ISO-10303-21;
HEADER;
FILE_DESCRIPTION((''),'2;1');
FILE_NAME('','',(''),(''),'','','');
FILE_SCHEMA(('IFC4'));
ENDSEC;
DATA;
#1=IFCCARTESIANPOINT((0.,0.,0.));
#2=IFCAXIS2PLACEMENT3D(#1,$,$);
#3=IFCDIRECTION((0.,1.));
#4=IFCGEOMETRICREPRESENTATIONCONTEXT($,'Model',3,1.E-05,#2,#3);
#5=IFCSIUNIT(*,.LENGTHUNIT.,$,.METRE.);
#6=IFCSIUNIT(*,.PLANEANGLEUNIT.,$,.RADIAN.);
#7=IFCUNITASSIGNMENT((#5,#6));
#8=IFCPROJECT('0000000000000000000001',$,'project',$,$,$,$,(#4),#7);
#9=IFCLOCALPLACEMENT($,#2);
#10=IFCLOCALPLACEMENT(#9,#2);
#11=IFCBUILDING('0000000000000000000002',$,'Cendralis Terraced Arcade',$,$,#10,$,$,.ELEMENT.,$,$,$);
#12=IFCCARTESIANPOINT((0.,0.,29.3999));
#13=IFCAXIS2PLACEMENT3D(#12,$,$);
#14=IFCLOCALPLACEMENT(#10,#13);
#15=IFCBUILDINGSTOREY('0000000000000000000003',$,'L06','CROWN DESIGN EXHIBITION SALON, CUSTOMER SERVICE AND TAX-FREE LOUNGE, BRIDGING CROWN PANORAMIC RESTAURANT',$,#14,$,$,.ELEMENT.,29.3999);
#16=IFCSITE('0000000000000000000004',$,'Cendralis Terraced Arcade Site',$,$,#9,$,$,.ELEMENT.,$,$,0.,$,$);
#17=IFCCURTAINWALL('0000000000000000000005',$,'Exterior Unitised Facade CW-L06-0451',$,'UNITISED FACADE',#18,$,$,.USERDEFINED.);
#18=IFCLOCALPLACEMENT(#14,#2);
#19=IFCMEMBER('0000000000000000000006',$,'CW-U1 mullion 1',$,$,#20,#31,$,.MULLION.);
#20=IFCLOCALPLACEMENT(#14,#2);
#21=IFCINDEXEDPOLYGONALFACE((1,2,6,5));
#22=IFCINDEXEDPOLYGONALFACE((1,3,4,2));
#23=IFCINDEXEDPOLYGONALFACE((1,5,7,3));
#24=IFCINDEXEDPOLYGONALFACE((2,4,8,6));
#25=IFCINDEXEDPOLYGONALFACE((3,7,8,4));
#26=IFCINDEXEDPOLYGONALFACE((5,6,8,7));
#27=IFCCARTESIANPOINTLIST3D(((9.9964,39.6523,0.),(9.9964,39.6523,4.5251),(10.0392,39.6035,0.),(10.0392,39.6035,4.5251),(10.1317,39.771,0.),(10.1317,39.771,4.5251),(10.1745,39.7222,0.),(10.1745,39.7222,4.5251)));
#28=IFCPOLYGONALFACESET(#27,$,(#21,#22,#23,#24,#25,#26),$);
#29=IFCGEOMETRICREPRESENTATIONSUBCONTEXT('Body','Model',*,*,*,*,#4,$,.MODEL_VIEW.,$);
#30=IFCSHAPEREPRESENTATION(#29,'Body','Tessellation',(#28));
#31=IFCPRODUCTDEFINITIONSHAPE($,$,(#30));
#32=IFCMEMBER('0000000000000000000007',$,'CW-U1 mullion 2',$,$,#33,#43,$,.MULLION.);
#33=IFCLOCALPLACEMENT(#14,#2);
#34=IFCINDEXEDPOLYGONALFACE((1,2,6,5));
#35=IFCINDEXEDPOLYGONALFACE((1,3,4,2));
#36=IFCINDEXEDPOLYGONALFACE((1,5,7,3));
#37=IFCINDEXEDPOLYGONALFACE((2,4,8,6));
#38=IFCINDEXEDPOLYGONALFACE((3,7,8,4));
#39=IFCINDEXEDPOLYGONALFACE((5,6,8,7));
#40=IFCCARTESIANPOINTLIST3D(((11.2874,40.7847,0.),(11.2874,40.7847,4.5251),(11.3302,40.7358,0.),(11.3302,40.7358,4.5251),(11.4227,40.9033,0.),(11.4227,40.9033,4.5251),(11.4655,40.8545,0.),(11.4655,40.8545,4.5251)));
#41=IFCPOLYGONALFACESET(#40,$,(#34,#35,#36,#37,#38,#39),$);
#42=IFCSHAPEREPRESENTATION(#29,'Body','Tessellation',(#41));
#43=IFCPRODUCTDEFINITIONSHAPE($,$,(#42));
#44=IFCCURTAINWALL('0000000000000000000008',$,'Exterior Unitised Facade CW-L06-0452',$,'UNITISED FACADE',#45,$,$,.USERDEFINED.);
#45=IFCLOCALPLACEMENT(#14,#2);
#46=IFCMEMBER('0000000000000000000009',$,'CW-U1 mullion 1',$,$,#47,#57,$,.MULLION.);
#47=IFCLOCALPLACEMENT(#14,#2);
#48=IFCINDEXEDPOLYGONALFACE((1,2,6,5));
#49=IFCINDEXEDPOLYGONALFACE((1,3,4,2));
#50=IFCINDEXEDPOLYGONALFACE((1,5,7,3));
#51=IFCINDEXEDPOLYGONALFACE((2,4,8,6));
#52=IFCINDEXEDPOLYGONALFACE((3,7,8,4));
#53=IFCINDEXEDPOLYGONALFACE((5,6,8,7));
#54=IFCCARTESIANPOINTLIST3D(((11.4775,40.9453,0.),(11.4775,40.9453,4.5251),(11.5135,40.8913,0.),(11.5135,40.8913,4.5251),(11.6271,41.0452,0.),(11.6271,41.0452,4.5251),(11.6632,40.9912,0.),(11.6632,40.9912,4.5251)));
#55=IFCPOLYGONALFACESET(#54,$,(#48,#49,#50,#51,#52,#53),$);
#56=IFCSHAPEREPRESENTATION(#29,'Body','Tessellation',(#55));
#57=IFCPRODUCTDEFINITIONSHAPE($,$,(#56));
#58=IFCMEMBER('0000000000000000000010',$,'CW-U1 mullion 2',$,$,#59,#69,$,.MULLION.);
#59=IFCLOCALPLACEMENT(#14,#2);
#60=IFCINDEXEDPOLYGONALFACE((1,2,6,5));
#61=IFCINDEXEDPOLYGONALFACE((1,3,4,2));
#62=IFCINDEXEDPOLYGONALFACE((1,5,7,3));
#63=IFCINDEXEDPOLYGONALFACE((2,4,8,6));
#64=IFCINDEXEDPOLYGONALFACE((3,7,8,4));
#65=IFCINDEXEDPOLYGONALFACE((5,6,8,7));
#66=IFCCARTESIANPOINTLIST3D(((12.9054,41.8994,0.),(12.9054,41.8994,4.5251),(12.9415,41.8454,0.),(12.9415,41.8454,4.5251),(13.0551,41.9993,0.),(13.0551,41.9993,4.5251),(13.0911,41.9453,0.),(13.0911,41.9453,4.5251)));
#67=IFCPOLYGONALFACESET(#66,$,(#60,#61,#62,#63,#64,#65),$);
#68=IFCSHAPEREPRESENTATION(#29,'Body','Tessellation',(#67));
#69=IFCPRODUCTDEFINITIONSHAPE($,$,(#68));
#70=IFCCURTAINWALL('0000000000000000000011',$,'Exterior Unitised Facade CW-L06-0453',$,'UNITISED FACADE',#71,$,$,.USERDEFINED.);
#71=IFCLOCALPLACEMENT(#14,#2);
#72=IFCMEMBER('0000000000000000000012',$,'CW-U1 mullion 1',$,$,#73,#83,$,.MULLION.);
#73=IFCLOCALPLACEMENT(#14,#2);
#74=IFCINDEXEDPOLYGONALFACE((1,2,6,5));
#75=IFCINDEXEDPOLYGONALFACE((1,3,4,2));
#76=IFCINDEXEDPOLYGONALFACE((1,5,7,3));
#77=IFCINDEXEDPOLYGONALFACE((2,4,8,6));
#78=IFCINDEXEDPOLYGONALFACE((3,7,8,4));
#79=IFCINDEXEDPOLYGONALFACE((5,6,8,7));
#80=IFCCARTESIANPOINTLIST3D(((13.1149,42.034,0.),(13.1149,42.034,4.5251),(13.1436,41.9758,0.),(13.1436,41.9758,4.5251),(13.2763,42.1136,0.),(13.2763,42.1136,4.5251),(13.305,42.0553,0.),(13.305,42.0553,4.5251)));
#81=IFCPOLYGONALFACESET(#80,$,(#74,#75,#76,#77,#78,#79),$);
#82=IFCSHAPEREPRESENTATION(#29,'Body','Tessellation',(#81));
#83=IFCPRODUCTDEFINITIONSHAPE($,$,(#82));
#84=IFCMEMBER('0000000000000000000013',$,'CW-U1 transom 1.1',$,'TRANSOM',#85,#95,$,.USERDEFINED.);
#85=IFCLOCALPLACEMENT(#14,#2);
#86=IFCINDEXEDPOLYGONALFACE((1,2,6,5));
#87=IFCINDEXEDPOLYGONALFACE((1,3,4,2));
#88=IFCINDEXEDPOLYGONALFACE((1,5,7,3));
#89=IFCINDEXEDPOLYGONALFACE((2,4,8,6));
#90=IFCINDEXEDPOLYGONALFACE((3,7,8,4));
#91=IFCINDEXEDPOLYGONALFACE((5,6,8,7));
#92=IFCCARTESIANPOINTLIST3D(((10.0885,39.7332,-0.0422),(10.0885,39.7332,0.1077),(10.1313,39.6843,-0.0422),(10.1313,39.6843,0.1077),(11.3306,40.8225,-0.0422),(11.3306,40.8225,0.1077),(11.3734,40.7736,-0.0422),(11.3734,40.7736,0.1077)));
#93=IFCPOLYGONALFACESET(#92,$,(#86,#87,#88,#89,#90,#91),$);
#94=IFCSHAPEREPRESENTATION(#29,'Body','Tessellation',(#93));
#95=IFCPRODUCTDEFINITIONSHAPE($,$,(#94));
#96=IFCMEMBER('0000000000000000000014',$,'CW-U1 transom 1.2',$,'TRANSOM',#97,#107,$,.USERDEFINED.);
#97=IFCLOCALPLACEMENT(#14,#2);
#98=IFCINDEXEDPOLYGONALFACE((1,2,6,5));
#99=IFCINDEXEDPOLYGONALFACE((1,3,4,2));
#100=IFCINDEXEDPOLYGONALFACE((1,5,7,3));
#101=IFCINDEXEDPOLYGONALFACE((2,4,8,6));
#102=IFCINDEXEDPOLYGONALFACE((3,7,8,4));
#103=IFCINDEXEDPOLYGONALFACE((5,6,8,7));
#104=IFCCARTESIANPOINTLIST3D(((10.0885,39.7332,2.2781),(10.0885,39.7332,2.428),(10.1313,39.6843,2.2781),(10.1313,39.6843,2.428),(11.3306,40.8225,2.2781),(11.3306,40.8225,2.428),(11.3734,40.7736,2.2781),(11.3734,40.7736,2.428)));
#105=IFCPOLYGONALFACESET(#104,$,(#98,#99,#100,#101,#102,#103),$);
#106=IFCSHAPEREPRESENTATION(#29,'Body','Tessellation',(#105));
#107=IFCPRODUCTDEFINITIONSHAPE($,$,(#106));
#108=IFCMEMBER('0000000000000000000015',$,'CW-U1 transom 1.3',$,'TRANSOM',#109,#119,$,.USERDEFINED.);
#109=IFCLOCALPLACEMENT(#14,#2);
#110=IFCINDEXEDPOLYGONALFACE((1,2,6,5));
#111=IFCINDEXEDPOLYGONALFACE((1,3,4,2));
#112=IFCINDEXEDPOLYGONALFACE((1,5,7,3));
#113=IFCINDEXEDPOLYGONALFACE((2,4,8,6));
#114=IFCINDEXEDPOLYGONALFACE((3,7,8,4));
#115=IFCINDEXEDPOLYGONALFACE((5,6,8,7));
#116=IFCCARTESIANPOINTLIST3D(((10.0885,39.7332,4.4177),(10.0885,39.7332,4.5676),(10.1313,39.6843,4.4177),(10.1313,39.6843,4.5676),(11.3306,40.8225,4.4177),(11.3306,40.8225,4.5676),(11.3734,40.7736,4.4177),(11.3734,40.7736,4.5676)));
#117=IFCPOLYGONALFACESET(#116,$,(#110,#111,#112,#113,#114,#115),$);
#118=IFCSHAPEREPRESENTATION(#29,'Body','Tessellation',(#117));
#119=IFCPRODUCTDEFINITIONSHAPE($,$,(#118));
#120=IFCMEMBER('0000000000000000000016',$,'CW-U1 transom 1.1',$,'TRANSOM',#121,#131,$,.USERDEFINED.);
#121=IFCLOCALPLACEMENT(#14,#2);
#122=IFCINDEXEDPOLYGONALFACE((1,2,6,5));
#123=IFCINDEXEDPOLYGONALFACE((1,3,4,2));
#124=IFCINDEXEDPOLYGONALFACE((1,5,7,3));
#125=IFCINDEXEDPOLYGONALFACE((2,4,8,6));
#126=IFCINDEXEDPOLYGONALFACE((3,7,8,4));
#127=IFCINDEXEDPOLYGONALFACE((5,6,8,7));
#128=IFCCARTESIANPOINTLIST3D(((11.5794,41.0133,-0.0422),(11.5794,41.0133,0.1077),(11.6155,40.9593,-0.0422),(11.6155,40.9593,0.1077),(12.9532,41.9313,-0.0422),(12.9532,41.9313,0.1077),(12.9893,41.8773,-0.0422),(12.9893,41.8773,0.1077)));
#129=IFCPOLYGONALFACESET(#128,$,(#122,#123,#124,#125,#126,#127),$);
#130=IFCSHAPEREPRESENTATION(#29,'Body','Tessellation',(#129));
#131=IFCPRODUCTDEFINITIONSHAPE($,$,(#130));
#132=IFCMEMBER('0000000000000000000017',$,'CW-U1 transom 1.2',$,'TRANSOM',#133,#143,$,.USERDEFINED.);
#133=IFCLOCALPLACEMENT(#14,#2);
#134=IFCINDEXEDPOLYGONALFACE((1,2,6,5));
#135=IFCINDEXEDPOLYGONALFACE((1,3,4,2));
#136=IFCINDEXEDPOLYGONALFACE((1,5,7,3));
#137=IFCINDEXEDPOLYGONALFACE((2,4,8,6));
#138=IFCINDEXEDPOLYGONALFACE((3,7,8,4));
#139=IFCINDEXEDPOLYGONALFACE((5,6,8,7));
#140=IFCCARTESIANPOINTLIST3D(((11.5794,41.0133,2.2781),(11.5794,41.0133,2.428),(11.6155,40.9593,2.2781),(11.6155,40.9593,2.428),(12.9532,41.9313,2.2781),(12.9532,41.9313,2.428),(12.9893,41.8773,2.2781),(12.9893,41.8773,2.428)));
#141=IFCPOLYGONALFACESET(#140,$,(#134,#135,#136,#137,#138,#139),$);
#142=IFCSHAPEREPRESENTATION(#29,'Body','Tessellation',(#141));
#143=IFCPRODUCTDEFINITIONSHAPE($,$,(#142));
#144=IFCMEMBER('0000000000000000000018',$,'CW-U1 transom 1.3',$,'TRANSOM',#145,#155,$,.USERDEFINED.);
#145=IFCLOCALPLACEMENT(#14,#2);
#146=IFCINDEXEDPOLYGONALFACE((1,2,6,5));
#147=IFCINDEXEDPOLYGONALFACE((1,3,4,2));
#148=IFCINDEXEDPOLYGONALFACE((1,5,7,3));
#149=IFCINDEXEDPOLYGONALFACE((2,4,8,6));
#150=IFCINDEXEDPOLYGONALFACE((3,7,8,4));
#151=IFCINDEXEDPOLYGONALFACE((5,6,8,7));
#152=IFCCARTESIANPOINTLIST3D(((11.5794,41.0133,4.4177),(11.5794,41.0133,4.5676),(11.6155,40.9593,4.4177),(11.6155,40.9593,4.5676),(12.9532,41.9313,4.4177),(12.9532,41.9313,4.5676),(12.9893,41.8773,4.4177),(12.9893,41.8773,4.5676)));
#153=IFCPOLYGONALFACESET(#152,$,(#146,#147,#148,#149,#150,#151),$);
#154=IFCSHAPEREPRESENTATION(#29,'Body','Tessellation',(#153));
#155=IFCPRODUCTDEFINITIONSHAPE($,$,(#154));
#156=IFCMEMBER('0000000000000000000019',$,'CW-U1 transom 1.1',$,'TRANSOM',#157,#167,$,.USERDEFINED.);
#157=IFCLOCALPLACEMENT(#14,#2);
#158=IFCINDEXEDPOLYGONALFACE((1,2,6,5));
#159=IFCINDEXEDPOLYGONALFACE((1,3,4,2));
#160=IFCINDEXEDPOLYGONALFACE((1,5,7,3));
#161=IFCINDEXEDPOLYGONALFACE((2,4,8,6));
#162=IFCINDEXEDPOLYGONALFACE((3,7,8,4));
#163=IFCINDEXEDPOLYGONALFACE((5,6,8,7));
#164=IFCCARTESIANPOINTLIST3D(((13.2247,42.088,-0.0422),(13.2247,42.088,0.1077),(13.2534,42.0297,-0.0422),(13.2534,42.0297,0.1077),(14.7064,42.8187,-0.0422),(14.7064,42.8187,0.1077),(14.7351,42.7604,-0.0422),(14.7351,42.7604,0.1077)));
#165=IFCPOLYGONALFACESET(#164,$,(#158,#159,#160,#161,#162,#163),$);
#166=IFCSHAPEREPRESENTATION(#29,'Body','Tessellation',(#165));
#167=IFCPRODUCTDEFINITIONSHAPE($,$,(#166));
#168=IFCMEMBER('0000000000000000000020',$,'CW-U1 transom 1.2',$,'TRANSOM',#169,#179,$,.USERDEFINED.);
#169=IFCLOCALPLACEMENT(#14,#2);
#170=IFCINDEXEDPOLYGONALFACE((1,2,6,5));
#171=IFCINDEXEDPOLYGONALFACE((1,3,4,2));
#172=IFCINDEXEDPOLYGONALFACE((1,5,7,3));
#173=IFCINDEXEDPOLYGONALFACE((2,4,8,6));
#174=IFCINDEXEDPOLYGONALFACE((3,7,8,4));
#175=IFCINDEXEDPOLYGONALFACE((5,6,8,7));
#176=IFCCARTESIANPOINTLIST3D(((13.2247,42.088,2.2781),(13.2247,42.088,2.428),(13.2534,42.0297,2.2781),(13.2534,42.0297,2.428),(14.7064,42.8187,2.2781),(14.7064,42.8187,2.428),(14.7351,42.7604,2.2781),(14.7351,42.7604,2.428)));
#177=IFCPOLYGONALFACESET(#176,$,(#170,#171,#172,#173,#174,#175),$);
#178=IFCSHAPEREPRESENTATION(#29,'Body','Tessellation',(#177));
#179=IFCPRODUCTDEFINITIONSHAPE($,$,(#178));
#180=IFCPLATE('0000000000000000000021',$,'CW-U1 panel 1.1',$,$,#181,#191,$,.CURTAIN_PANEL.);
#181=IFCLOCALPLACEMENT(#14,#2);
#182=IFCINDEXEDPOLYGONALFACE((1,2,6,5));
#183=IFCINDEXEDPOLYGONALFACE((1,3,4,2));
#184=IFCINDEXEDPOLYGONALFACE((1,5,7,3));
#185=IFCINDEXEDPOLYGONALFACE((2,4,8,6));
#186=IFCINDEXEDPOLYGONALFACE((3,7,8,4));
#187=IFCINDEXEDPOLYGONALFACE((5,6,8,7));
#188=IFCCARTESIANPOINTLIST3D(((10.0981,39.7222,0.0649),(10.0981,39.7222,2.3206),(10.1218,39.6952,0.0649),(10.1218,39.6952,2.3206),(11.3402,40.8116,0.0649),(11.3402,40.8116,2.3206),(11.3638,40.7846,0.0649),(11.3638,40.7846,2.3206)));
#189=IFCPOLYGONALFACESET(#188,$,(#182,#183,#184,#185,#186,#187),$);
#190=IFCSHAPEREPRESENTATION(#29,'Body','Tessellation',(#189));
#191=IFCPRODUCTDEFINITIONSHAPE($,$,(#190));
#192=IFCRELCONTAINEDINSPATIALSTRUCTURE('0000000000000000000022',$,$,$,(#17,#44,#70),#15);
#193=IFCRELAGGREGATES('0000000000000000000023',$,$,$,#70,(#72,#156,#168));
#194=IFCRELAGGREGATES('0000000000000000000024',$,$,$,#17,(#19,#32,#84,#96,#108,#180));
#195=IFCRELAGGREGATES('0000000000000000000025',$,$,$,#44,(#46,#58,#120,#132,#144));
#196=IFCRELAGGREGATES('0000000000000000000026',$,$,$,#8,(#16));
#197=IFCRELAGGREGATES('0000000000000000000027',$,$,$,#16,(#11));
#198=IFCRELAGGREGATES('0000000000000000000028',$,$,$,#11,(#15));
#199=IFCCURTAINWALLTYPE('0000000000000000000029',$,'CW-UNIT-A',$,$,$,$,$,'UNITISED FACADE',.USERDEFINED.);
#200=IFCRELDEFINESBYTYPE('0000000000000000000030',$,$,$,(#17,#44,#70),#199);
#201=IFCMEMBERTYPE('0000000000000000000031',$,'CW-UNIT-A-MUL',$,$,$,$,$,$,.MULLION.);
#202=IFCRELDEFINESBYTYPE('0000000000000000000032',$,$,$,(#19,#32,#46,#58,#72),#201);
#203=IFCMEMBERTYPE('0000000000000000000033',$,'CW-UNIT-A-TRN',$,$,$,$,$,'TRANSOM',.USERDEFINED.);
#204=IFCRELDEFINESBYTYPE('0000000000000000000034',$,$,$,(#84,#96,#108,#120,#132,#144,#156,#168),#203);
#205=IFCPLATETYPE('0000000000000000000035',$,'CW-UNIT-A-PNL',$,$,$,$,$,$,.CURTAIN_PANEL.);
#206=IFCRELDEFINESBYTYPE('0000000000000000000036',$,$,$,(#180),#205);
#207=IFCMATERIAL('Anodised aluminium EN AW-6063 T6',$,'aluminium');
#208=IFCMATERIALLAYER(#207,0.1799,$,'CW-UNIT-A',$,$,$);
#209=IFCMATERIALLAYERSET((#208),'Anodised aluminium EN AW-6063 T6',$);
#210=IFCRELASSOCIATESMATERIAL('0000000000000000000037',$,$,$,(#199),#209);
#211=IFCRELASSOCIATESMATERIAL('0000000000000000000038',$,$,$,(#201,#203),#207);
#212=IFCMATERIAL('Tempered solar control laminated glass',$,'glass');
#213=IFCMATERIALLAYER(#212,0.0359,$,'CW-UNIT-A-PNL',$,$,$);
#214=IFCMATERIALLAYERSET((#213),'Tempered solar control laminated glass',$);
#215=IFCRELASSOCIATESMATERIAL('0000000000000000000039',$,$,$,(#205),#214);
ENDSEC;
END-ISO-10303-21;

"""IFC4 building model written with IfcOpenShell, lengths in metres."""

from ifc_helpers import new_model, si_unit, direction, frame, origin, origin_2d, place, context, subcontext, project, spatial, rectangle, extrude, material, layer, layer_set, material_profile, profile_set, type_object, element, aggregate, save


model = new_model("IFC4")

# Units and contexts
model_context = context("Model", 3, precision=1e-05, world=origin(), true_north=direction((0.0, 1.0)))
body_context = subcontext(model_context, "Body", "Model", "MODEL_VIEW")
ifc_project = project(units=[si_unit("LENGTHUNIT", "METRE"), si_unit("PLANEANGLEUNIT", "RADIAN")], contexts=[model_context])

# Site, building, storey
site_placement = place(None, origin())
site = spatial("IfcSite", under=ifc_project, at=site_placement, Name="Cendralis Terraced Arcade Site", CompositionType="ELEMENT", RefElevation=0.0)
building_placement = place(site_placement, origin())
building = spatial("IfcBuilding", under=site, at=building_placement, Name="Cendralis Terraced Arcade", CompositionType="ELEMENT")
storey_placement = place(building_placement, frame((0.0, 0.0, 29.3999)))
storey = spatial("IfcBuildingStorey", under=building, at=storey_placement, Name="L06", Description="CROWN DESIGN EXHIBITION SALON, CUSTOMER SERVICE AND TAX-FREE LOUNGE, BRIDGING CROWN PANORAMIC RESTAURANT", CompositionType="ELEMENT", Elevation=29.3999)

# Curtain walls, members
ifc_material_1 = material(Name="Anodised aluminium EN AW-6063 T6", Category="aluminium")
ifc_layer_1 = layer(ifc_material_1, 0.1799, Name="CW-UNIT-A")
ifc_layer_set_1 = layer_set([ifc_layer_1], Name="Anodised aluminium EN AW-6063 T6")
curtain_wall_type = type_object("IfcCurtainWallType", Name="CW-UNIT-A", ElementType="UNITISED FACADE", PredefinedType="USERDEFINED", material=ifc_layer_set_1)
curtain_wall_1_placement = place(storey_placement, origin())
curtain_wall_1 = element("IfcCurtainWall", 1, at=curtain_wall_1_placement, inside=storey, type_object=curtain_wall_type, Name="Exterior Unitised Facade CW-L06-0451", ObjectType="UNITISED FACADE", PredefinedType="USERDEFINED")
ifc_material_profile_1 = material_profile(ifc_material_1, rectangle(XDim=0.0649, YDim=0.1799, at=origin_2d()), Name="ALU-MUL-65x180")
ifc_profile_set_1 = profile_set([ifc_material_profile_1], Name="Anodised aluminium EN AW-6063 T6")
member_type_1 = type_object("IfcMemberType", Name="CW-UNIT-A-MUL", PredefinedType="MULLION", material=ifc_profile_set_1)
member_1_placement = place(storey_placement, frame((10.0854, 39.6873, 0.0), z_axis=(0.0, 0.0, 1.0), x_axis=(-0.659386, 0.751804, 0.0)))
member_1 = element("IfcMember", 2, at=member_1_placement, type_object=member_type_1, Name="CW-U1 mullion 1", PredefinedType="MULLION", context=body_context, shape_type="SweptSolid", body=[
    extrude(rectangle(XDim=0.0649, YDim=0.1799, at=origin_2d()), origin(), (0.0, 0.0, 1.0), 4.5251),
])
member_2_placement = place(storey_placement, frame((11.3765, 40.8196, 0.0), z_axis=(0.0, 0.0, 1.0), x_axis=(-0.659386, 0.751804, 0.0)))
member_2 = element("IfcMember", 3, at=member_2_placement, type_object=member_type_1, Name="CW-U1 mullion 2", PredefinedType="MULLION", context=body_context, shape_type="SweptSolid", body=[
    extrude(rectangle(XDim=0.0649, YDim=0.1799, at=origin_2d()), origin(), (0.0, 0.0, 1.0), 4.5251),
])
curtain_wall_2_placement = place(storey_placement, origin())
curtain_wall_2 = element("IfcCurtainWall", 4, at=curtain_wall_2_placement, inside=storey, type_object=curtain_wall_type, Name="Exterior Unitised Facade CW-L06-0452", ObjectType="UNITISED FACADE", PredefinedType="USERDEFINED")
member_3_placement = place(storey_placement, frame((11.5703, 40.9683, 0.0), z_axis=(0.0, 0.0, 1.0), x_axis=(-0.555567, 0.831471, 0.0)))
member_3 = element("IfcMember", 5, at=member_3_placement, type_object=member_type_1, Name="CW-U1 mullion 1", PredefinedType="MULLION", context=body_context, shape_type="SweptSolid", body=[
    extrude(rectangle(XDim=0.0649, YDim=0.1799, at=origin_2d()), origin(), (0.0, 0.0, 1.0), 4.5251),
])
member_4_placement = place(storey_placement, frame((12.9983, 41.9224, 0.0), z_axis=(0.0, 0.0, 1.0), x_axis=(-0.555567, 0.831471, 0.0)))
member_4 = element("IfcMember", 6, at=member_4_placement, type_object=member_type_1, Name="CW-U1 mullion 2", PredefinedType="MULLION", context=body_context, shape_type="SweptSolid", body=[
    extrude(rectangle(XDim=0.0649, YDim=0.1799, at=origin_2d()), origin(), (0.0, 0.0, 1.0), 4.5251),
])

# Curtain wall, member
curtain_wall_3_placement = place(storey_placement, origin())
curtain_wall_3 = element("IfcCurtainWall", 7, at=curtain_wall_3_placement, inside=storey, type_object=curtain_wall_type, Name="Exterior Unitised Facade CW-L06-0453", ObjectType="UNITISED FACADE", PredefinedType="USERDEFINED")
member_5_placement = place(storey_placement, frame((13.21, 42.0447, 0.0), z_axis=(0.0, 0.0, 1.0), x_axis=(-0.442291, 0.896871, 0.0)))
member_5 = element("IfcMember", 8, at=member_5_placement, type_object=member_type_1, Name="CW-U1 mullion 1", PredefinedType="MULLION", context=body_context, shape_type="SweptSolid", body=[
    extrude(rectangle(XDim=0.0649, YDim=0.1799, at=origin_2d()), origin(), (0.0, 0.0, 1.0), 4.5251),
])

# Members
ifc_material_profile_2 = material_profile(ifc_material_1, rectangle(XDim=0.0649, YDim=0.1499, at=origin_2d()), Name="ALU-TRN-65x150")
ifc_profile_set_2 = profile_set([ifc_material_profile_2], Name="Anodised aluminium EN AW-6063 T6")
member_type_2 = type_object("IfcMemberType", Name="CW-UNIT-A-TRN", ElementType="TRANSOM", PredefinedType="USERDEFINED", material=ifc_profile_set_2)
member_6_placement = place(storey_placement, frame((10.1099, 39.7087, 0.0327), z_axis=(0.751844, 0.659341, 0.0), x_axis=(-0.659341, 0.751844, 0.0)))
member_6 = element("IfcMember", 9, at=member_6_placement, type_object=member_type_2, Name="CW-U1 transom 1.1", ObjectType="TRANSOM", PredefinedType="USERDEFINED", context=body_context, shape_type="SweptSolid", body=[
    extrude(rectangle(XDim=0.0649, YDim=0.1499, at=origin_2d()), origin(), (0.0, 0.0, 1.0), 1.6521),
])
member_7_placement = place(storey_placement, frame((10.1099, 39.7087, 2.353), z_axis=(0.751844, 0.659341, 0.0), x_axis=(-0.659341, 0.751844, 0.0)))
member_7 = element("IfcMember", 10, at=member_7_placement, type_object=member_type_2, Name="CW-U1 transom 1.2", ObjectType="TRANSOM", PredefinedType="USERDEFINED", context=body_context, shape_type="SweptSolid", body=[
    extrude(rectangle(XDim=0.0649, YDim=0.1499, at=origin_2d()), origin(), (0.0, 0.0, 1.0), 1.6521),
])
member_8_placement = place(storey_placement, frame((10.1099, 39.7087, 4.4927), z_axis=(0.751844, 0.659341, 0.0), x_axis=(-0.659341, 0.751844, 0.0)))
member_8 = element("IfcMember", 11, at=member_8_placement, type_object=member_type_2, Name="CW-U1 transom 1.3", ObjectType="TRANSOM", PredefinedType="USERDEFINED", context=body_context, shape_type="SweptSolid", body=[
    extrude(rectangle(XDim=0.0649, YDim=0.1499, at=origin_2d()), origin(), (0.0, 0.0, 1.0), 1.6521),
])
member_9_placement = place(storey_placement, frame((11.5974, 40.9863, 0.0327), z_axis=(0.831459, 0.555586, 0.0), x_axis=(-0.555586, 0.831459, 0.0)))
member_9 = element("IfcMember", 12, at=member_9_placement, type_object=member_type_2, Name="CW-U1 transom 1.1", ObjectType="TRANSOM", PredefinedType="USERDEFINED", context=body_context, shape_type="SweptSolid", body=[
    extrude(rectangle(XDim=0.0649, YDim=0.1499, at=origin_2d()), origin(), (0.0, 0.0, 1.0), 1.6523),
])
member_10_placement = place(storey_placement, frame((11.5974, 40.9863, 2.353), z_axis=(0.831459, 0.555586, 0.0), x_axis=(-0.555586, 0.831459, 0.0)))
member_10 = element("IfcMember", 13, at=member_10_placement, type_object=member_type_2, Name="CW-U1 transom 1.2", ObjectType="TRANSOM", PredefinedType="USERDEFINED", context=body_context, shape_type="SweptSolid", body=[
    extrude(rectangle(XDim=0.0649, YDim=0.1499, at=origin_2d()), origin(), (0.0, 0.0, 1.0), 1.6523),
])
member_11_placement = place(storey_placement, frame((11.5974, 40.9863, 4.4927), z_axis=(0.831459, 0.555586, 0.0), x_axis=(-0.555586, 0.831459, 0.0)))
member_11 = element("IfcMember", 14, at=member_11_placement, type_object=member_type_2, Name="CW-U1 transom 1.3", ObjectType="TRANSOM", PredefinedType="USERDEFINED", context=body_context, shape_type="SweptSolid", body=[
    extrude(rectangle(XDim=0.0649, YDim=0.1499, at=origin_2d()), origin(), (0.0, 0.0, 1.0), 1.6523),
])
member_12_placement = place(storey_placement, frame((13.239, 42.0588, 0.0327), z_axis=(0.896867, 0.442301, 0.0), x_axis=(-0.442301, 0.896867, 0.0)))
member_12 = element("IfcMember", 15, at=member_12_placement, type_object=member_type_2, Name="CW-U1 transom 1.1", ObjectType="TRANSOM", PredefinedType="USERDEFINED", context=body_context, shape_type="SweptSolid", body=[
    extrude(rectangle(XDim=0.0649, YDim=0.1499, at=origin_2d()), origin(), (0.0, 0.0, 1.0), 1.6521),
])
member_13_placement = place(storey_placement, frame((13.239, 42.0588, 2.353), z_axis=(0.896867, 0.442301, 0.0), x_axis=(-0.442301, 0.896867, 0.0)))
member_13 = element("IfcMember", 16, at=member_13_placement, type_object=member_type_2, Name="CW-U1 transom 1.2", ObjectType="TRANSOM", PredefinedType="USERDEFINED", context=body_context, shape_type="SweptSolid", body=[
    extrude(rectangle(XDim=0.0649, YDim=0.1499, at=origin_2d()), origin(), (0.0, 0.0, 1.0), 1.6521),
])
aggregate(curtain_wall_3, [member_5, member_12, member_13])

# Plate
ifc_material_2 = material(Name="Tempered solar control laminated glass", Category="glass")
ifc_layer_2 = layer(ifc_material_2, 0.0359, Name="CW-UNIT-A-PNL")
ifc_layer_set_2 = layer_set([ifc_layer_2], Name="Tempered solar control laminated glass")
plate_type = type_object("IfcPlateType", Name="CW-UNIT-A-PNL", PredefinedType="CURTAIN_PANEL", material=ifc_layer_set_2)
plate_1_placement = place(storey_placement, frame((10.731, 40.2534, 0.0649), z_axis=(0.0, 0.0, 1.0), x_axis=(0.751804, 0.659386, 0.0)))
plate_1 = element("IfcPlate", 17, at=plate_1_placement, type_object=plate_type, Name="CW-U1 panel 1.1", PredefinedType="CURTAIN_PANEL", context=body_context, shape_type="SweptSolid", body=[
    extrude(rectangle(XDim=1.6521, YDim=0.0359, at=origin_2d()), origin(), (0.0, 0.0, 1.0), 2.2556),
])
aggregate(curtain_wall_1, [member_1, member_2, member_6, member_7, member_8, plate_1])
aggregate(curtain_wall_2, [member_3, member_4, member_9, member_10, member_11])

save(model, "model.ifc")
